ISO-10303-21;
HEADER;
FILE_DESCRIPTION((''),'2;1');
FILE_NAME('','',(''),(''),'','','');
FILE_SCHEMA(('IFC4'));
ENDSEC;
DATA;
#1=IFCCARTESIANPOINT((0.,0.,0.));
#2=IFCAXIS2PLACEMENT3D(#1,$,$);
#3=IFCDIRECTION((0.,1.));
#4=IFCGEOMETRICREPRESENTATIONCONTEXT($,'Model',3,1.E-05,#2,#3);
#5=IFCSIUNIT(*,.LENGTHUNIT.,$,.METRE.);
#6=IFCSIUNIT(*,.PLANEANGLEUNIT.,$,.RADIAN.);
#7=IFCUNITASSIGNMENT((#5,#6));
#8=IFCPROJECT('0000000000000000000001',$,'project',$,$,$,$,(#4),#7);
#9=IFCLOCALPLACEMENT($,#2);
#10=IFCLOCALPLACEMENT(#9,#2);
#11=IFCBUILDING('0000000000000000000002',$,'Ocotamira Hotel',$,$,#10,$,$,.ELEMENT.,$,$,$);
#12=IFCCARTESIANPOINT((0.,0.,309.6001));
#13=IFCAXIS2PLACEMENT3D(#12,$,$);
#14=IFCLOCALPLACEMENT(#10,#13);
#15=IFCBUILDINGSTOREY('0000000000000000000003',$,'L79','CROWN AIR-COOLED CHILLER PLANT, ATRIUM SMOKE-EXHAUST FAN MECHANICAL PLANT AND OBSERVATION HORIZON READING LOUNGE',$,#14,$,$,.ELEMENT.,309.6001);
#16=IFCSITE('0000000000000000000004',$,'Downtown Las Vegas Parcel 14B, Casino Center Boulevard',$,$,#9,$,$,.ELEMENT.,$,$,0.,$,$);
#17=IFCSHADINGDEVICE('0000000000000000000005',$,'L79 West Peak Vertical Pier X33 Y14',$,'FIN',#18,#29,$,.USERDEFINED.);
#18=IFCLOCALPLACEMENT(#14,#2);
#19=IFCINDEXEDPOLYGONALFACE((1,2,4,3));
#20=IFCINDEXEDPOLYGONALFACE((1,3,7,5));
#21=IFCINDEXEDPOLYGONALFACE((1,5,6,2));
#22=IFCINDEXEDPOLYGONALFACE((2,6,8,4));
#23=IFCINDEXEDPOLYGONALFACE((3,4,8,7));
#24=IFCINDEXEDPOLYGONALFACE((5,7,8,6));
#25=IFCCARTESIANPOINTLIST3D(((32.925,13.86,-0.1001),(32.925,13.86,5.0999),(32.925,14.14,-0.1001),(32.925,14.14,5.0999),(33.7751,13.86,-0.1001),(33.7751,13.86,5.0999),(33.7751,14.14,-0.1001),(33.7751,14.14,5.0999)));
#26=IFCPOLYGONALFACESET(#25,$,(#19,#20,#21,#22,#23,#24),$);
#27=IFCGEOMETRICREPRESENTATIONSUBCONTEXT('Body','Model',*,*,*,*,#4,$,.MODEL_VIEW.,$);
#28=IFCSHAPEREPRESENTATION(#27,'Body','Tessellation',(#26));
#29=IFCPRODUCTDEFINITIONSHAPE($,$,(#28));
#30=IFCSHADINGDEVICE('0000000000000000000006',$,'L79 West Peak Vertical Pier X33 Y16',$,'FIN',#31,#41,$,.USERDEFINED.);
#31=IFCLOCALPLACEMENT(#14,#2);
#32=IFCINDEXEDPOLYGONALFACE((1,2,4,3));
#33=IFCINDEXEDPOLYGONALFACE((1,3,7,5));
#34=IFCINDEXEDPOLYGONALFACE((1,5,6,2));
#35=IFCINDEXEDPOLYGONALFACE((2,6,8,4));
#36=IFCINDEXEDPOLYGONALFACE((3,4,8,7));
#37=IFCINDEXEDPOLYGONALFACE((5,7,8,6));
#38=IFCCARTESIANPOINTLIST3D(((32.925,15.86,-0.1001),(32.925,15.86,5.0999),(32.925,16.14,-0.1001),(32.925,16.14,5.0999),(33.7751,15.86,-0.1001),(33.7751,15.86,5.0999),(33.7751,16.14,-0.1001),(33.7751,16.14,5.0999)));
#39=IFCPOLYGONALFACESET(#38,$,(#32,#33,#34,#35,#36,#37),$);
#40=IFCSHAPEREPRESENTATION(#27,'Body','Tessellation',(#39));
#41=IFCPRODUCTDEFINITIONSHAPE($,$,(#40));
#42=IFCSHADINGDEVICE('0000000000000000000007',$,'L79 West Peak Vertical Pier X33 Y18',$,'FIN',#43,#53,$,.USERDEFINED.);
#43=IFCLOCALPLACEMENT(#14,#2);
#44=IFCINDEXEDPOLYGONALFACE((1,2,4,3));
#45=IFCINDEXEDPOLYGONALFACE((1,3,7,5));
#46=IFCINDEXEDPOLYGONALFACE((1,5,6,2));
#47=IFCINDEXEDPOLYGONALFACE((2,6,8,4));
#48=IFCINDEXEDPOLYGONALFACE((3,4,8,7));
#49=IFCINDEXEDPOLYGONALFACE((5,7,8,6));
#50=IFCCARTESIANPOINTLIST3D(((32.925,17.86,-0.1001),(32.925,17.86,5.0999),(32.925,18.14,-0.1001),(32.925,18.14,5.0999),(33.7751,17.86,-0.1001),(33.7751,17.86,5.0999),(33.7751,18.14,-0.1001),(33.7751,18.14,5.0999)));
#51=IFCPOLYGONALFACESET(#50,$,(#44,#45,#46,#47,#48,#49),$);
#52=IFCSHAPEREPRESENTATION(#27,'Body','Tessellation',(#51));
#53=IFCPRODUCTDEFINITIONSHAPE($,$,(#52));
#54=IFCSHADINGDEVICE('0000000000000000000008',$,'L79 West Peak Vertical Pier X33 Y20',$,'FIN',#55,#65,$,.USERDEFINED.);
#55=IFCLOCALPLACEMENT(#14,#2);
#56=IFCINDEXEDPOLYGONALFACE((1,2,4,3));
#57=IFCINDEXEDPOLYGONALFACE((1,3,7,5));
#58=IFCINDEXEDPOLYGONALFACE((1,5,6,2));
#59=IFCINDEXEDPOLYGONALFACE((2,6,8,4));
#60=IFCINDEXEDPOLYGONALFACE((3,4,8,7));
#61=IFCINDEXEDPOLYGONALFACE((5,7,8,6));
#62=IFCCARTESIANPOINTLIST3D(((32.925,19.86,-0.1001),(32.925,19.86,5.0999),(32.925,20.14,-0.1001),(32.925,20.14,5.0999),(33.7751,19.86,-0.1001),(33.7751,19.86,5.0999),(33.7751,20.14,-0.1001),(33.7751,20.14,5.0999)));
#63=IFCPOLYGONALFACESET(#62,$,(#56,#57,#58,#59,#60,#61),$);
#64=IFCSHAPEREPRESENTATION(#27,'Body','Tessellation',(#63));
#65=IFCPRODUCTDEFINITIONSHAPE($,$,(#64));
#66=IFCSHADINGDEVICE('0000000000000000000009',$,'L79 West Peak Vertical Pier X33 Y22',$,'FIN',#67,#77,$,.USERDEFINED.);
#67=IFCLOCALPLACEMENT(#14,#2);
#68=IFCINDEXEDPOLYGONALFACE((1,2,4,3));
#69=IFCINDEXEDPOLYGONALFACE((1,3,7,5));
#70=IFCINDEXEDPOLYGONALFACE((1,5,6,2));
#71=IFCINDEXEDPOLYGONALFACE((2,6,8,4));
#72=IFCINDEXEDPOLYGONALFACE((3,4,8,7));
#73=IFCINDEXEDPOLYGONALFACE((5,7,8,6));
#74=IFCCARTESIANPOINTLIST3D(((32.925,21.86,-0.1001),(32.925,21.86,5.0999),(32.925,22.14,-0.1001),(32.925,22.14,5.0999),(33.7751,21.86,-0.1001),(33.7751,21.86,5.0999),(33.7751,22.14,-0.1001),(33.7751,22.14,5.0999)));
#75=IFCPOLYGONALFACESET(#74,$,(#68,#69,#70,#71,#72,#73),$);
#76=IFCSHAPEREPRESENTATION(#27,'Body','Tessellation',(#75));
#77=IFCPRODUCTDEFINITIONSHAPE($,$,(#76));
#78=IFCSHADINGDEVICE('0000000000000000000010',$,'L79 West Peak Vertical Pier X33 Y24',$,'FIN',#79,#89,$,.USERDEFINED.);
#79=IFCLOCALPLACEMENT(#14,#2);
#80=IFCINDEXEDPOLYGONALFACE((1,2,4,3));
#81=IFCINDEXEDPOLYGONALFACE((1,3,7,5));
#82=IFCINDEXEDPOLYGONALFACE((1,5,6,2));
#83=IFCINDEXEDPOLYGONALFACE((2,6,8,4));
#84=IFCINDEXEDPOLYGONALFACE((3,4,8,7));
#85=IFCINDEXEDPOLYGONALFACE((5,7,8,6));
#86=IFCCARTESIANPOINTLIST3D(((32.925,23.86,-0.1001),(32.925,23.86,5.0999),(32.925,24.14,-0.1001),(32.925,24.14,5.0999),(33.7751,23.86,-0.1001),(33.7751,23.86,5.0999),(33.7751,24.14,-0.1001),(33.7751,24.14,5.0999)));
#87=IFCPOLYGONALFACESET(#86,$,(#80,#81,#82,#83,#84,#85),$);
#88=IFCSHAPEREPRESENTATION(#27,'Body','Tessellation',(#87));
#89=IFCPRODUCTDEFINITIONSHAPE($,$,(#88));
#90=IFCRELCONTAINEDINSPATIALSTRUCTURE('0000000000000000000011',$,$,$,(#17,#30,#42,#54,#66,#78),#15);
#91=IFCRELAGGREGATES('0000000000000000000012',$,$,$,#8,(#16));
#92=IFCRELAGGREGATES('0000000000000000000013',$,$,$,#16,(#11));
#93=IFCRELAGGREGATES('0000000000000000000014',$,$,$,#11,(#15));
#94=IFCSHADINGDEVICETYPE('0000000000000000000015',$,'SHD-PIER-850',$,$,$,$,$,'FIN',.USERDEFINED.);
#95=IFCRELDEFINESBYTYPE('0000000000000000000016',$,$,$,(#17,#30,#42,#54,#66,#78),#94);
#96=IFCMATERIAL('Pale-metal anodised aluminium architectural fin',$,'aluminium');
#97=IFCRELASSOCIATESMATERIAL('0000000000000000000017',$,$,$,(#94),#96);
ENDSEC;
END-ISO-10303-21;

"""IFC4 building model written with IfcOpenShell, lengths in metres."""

from ifc_helpers import new_model, si_unit, direction, frame, origin, origin_2d, place, context, subcontext, project, spatial, rectangle, extrude, source, transform, mapped, material, type_object, element, save


model = new_model("IFC4")

# Units and contexts
model_context = context("Model", 3, precision=1e-05, world=origin(), true_north=direction((0.0, 1.0)))
body_context = subcontext(model_context, "Body", "Model", "MODEL_VIEW")
ifc_project = project(units=[si_unit("LENGTHUNIT", "METRE"), si_unit("PLANEANGLEUNIT", "RADIAN")], contexts=[model_context])

# Site, building, storey
site_placement = place(None, origin())
site = spatial("IfcSite", under=ifc_project, at=site_placement, Name="Downtown Las Vegas Parcel 14B, Casino Center Boulevard", CompositionType="ELEMENT", RefElevation=0.0)
building_placement = place(site_placement, origin())
building = spatial("IfcBuilding", under=site, at=building_placement, Name="Ocotamira Hotel", CompositionType="ELEMENT")
storey_placement = place(building_placement, frame((0.0, 0.0, 309.6001)))
storey = spatial("IfcBuildingStorey", under=building, at=storey_placement, Name="L79", Description="CROWN AIR-COOLED CHILLER PLANT, ATRIUM SMOKE-EXHAUST FAN MECHANICAL PLANT AND OBSERVATION HORIZON READING LOUNGE", CompositionType="ELEMENT", Elevation=309.6001)

# Shading devices
ifc_material_1 = material(Name="Pale-metal anodised aluminium architectural fin", Category="aluminium")
shading_device_type = type_object("IfcShadingDeviceType", Name="SHD-PIER-850", ElementType="FIN", PredefinedType="USERDEFINED", material=ifc_material_1)
shared_shape_1 = source(origin(), body_context, "Body", "SweptSolid", [
    extrude(rectangle(XDim=0.8501, YDim=0.28, at=origin_2d()), origin(), (0.0, 0.0, 1.0), 5.2),
])
for number, where, z_axis, x_axis, name in (
    (1, (33.3501, 14.0, -0.1001), (0.0, 0.0, 1.0), (1.0, 0.0, 0.0), "L79 West Peak Vertical Pier X33 Y14"),
    (2, (33.3501, 16.0, -0.1001), (0.0, 0.0, 1.0), (1.0, 0.0, 0.0), "L79 West Peak Vertical Pier X33 Y16"),
    (3, (33.3501, 18.0, -0.1001), (0.0, 0.0, 1.0), (1.0, 0.0, 0.0), "L79 West Peak Vertical Pier X33 Y18"),
    (4, (33.3501, 20.0, -0.1001), (0.0, 0.0, 1.0), (1.0, 0.0, 0.0), "L79 West Peak Vertical Pier X33 Y20"),
    (5, (33.3501, 22.0, -0.1001), (0.0, 0.0, 1.0), (1.0, 0.0, 0.0), "L79 West Peak Vertical Pier X33 Y22"),
    (6, (33.3501, 24.0, -0.1001), (0.0, 0.0, 1.0), (1.0, 0.0, 0.0), "L79 West Peak Vertical Pier X33 Y24"),
):
    element("IfcShadingDevice", number, at=place(storey_placement, frame(where, z_axis=z_axis, x_axis=x_axis)), inside=storey, type_object=shading_device_type, Name=name, ObjectType="FIN", PredefinedType="USERDEFINED", context=body_context, shape_type="MappedRepresentation", body=[
        mapped(shared_shape_1, transform((0.0, 0.0, 0.0), scale=1.0)),
    ])

save(model, "model.ifc")
